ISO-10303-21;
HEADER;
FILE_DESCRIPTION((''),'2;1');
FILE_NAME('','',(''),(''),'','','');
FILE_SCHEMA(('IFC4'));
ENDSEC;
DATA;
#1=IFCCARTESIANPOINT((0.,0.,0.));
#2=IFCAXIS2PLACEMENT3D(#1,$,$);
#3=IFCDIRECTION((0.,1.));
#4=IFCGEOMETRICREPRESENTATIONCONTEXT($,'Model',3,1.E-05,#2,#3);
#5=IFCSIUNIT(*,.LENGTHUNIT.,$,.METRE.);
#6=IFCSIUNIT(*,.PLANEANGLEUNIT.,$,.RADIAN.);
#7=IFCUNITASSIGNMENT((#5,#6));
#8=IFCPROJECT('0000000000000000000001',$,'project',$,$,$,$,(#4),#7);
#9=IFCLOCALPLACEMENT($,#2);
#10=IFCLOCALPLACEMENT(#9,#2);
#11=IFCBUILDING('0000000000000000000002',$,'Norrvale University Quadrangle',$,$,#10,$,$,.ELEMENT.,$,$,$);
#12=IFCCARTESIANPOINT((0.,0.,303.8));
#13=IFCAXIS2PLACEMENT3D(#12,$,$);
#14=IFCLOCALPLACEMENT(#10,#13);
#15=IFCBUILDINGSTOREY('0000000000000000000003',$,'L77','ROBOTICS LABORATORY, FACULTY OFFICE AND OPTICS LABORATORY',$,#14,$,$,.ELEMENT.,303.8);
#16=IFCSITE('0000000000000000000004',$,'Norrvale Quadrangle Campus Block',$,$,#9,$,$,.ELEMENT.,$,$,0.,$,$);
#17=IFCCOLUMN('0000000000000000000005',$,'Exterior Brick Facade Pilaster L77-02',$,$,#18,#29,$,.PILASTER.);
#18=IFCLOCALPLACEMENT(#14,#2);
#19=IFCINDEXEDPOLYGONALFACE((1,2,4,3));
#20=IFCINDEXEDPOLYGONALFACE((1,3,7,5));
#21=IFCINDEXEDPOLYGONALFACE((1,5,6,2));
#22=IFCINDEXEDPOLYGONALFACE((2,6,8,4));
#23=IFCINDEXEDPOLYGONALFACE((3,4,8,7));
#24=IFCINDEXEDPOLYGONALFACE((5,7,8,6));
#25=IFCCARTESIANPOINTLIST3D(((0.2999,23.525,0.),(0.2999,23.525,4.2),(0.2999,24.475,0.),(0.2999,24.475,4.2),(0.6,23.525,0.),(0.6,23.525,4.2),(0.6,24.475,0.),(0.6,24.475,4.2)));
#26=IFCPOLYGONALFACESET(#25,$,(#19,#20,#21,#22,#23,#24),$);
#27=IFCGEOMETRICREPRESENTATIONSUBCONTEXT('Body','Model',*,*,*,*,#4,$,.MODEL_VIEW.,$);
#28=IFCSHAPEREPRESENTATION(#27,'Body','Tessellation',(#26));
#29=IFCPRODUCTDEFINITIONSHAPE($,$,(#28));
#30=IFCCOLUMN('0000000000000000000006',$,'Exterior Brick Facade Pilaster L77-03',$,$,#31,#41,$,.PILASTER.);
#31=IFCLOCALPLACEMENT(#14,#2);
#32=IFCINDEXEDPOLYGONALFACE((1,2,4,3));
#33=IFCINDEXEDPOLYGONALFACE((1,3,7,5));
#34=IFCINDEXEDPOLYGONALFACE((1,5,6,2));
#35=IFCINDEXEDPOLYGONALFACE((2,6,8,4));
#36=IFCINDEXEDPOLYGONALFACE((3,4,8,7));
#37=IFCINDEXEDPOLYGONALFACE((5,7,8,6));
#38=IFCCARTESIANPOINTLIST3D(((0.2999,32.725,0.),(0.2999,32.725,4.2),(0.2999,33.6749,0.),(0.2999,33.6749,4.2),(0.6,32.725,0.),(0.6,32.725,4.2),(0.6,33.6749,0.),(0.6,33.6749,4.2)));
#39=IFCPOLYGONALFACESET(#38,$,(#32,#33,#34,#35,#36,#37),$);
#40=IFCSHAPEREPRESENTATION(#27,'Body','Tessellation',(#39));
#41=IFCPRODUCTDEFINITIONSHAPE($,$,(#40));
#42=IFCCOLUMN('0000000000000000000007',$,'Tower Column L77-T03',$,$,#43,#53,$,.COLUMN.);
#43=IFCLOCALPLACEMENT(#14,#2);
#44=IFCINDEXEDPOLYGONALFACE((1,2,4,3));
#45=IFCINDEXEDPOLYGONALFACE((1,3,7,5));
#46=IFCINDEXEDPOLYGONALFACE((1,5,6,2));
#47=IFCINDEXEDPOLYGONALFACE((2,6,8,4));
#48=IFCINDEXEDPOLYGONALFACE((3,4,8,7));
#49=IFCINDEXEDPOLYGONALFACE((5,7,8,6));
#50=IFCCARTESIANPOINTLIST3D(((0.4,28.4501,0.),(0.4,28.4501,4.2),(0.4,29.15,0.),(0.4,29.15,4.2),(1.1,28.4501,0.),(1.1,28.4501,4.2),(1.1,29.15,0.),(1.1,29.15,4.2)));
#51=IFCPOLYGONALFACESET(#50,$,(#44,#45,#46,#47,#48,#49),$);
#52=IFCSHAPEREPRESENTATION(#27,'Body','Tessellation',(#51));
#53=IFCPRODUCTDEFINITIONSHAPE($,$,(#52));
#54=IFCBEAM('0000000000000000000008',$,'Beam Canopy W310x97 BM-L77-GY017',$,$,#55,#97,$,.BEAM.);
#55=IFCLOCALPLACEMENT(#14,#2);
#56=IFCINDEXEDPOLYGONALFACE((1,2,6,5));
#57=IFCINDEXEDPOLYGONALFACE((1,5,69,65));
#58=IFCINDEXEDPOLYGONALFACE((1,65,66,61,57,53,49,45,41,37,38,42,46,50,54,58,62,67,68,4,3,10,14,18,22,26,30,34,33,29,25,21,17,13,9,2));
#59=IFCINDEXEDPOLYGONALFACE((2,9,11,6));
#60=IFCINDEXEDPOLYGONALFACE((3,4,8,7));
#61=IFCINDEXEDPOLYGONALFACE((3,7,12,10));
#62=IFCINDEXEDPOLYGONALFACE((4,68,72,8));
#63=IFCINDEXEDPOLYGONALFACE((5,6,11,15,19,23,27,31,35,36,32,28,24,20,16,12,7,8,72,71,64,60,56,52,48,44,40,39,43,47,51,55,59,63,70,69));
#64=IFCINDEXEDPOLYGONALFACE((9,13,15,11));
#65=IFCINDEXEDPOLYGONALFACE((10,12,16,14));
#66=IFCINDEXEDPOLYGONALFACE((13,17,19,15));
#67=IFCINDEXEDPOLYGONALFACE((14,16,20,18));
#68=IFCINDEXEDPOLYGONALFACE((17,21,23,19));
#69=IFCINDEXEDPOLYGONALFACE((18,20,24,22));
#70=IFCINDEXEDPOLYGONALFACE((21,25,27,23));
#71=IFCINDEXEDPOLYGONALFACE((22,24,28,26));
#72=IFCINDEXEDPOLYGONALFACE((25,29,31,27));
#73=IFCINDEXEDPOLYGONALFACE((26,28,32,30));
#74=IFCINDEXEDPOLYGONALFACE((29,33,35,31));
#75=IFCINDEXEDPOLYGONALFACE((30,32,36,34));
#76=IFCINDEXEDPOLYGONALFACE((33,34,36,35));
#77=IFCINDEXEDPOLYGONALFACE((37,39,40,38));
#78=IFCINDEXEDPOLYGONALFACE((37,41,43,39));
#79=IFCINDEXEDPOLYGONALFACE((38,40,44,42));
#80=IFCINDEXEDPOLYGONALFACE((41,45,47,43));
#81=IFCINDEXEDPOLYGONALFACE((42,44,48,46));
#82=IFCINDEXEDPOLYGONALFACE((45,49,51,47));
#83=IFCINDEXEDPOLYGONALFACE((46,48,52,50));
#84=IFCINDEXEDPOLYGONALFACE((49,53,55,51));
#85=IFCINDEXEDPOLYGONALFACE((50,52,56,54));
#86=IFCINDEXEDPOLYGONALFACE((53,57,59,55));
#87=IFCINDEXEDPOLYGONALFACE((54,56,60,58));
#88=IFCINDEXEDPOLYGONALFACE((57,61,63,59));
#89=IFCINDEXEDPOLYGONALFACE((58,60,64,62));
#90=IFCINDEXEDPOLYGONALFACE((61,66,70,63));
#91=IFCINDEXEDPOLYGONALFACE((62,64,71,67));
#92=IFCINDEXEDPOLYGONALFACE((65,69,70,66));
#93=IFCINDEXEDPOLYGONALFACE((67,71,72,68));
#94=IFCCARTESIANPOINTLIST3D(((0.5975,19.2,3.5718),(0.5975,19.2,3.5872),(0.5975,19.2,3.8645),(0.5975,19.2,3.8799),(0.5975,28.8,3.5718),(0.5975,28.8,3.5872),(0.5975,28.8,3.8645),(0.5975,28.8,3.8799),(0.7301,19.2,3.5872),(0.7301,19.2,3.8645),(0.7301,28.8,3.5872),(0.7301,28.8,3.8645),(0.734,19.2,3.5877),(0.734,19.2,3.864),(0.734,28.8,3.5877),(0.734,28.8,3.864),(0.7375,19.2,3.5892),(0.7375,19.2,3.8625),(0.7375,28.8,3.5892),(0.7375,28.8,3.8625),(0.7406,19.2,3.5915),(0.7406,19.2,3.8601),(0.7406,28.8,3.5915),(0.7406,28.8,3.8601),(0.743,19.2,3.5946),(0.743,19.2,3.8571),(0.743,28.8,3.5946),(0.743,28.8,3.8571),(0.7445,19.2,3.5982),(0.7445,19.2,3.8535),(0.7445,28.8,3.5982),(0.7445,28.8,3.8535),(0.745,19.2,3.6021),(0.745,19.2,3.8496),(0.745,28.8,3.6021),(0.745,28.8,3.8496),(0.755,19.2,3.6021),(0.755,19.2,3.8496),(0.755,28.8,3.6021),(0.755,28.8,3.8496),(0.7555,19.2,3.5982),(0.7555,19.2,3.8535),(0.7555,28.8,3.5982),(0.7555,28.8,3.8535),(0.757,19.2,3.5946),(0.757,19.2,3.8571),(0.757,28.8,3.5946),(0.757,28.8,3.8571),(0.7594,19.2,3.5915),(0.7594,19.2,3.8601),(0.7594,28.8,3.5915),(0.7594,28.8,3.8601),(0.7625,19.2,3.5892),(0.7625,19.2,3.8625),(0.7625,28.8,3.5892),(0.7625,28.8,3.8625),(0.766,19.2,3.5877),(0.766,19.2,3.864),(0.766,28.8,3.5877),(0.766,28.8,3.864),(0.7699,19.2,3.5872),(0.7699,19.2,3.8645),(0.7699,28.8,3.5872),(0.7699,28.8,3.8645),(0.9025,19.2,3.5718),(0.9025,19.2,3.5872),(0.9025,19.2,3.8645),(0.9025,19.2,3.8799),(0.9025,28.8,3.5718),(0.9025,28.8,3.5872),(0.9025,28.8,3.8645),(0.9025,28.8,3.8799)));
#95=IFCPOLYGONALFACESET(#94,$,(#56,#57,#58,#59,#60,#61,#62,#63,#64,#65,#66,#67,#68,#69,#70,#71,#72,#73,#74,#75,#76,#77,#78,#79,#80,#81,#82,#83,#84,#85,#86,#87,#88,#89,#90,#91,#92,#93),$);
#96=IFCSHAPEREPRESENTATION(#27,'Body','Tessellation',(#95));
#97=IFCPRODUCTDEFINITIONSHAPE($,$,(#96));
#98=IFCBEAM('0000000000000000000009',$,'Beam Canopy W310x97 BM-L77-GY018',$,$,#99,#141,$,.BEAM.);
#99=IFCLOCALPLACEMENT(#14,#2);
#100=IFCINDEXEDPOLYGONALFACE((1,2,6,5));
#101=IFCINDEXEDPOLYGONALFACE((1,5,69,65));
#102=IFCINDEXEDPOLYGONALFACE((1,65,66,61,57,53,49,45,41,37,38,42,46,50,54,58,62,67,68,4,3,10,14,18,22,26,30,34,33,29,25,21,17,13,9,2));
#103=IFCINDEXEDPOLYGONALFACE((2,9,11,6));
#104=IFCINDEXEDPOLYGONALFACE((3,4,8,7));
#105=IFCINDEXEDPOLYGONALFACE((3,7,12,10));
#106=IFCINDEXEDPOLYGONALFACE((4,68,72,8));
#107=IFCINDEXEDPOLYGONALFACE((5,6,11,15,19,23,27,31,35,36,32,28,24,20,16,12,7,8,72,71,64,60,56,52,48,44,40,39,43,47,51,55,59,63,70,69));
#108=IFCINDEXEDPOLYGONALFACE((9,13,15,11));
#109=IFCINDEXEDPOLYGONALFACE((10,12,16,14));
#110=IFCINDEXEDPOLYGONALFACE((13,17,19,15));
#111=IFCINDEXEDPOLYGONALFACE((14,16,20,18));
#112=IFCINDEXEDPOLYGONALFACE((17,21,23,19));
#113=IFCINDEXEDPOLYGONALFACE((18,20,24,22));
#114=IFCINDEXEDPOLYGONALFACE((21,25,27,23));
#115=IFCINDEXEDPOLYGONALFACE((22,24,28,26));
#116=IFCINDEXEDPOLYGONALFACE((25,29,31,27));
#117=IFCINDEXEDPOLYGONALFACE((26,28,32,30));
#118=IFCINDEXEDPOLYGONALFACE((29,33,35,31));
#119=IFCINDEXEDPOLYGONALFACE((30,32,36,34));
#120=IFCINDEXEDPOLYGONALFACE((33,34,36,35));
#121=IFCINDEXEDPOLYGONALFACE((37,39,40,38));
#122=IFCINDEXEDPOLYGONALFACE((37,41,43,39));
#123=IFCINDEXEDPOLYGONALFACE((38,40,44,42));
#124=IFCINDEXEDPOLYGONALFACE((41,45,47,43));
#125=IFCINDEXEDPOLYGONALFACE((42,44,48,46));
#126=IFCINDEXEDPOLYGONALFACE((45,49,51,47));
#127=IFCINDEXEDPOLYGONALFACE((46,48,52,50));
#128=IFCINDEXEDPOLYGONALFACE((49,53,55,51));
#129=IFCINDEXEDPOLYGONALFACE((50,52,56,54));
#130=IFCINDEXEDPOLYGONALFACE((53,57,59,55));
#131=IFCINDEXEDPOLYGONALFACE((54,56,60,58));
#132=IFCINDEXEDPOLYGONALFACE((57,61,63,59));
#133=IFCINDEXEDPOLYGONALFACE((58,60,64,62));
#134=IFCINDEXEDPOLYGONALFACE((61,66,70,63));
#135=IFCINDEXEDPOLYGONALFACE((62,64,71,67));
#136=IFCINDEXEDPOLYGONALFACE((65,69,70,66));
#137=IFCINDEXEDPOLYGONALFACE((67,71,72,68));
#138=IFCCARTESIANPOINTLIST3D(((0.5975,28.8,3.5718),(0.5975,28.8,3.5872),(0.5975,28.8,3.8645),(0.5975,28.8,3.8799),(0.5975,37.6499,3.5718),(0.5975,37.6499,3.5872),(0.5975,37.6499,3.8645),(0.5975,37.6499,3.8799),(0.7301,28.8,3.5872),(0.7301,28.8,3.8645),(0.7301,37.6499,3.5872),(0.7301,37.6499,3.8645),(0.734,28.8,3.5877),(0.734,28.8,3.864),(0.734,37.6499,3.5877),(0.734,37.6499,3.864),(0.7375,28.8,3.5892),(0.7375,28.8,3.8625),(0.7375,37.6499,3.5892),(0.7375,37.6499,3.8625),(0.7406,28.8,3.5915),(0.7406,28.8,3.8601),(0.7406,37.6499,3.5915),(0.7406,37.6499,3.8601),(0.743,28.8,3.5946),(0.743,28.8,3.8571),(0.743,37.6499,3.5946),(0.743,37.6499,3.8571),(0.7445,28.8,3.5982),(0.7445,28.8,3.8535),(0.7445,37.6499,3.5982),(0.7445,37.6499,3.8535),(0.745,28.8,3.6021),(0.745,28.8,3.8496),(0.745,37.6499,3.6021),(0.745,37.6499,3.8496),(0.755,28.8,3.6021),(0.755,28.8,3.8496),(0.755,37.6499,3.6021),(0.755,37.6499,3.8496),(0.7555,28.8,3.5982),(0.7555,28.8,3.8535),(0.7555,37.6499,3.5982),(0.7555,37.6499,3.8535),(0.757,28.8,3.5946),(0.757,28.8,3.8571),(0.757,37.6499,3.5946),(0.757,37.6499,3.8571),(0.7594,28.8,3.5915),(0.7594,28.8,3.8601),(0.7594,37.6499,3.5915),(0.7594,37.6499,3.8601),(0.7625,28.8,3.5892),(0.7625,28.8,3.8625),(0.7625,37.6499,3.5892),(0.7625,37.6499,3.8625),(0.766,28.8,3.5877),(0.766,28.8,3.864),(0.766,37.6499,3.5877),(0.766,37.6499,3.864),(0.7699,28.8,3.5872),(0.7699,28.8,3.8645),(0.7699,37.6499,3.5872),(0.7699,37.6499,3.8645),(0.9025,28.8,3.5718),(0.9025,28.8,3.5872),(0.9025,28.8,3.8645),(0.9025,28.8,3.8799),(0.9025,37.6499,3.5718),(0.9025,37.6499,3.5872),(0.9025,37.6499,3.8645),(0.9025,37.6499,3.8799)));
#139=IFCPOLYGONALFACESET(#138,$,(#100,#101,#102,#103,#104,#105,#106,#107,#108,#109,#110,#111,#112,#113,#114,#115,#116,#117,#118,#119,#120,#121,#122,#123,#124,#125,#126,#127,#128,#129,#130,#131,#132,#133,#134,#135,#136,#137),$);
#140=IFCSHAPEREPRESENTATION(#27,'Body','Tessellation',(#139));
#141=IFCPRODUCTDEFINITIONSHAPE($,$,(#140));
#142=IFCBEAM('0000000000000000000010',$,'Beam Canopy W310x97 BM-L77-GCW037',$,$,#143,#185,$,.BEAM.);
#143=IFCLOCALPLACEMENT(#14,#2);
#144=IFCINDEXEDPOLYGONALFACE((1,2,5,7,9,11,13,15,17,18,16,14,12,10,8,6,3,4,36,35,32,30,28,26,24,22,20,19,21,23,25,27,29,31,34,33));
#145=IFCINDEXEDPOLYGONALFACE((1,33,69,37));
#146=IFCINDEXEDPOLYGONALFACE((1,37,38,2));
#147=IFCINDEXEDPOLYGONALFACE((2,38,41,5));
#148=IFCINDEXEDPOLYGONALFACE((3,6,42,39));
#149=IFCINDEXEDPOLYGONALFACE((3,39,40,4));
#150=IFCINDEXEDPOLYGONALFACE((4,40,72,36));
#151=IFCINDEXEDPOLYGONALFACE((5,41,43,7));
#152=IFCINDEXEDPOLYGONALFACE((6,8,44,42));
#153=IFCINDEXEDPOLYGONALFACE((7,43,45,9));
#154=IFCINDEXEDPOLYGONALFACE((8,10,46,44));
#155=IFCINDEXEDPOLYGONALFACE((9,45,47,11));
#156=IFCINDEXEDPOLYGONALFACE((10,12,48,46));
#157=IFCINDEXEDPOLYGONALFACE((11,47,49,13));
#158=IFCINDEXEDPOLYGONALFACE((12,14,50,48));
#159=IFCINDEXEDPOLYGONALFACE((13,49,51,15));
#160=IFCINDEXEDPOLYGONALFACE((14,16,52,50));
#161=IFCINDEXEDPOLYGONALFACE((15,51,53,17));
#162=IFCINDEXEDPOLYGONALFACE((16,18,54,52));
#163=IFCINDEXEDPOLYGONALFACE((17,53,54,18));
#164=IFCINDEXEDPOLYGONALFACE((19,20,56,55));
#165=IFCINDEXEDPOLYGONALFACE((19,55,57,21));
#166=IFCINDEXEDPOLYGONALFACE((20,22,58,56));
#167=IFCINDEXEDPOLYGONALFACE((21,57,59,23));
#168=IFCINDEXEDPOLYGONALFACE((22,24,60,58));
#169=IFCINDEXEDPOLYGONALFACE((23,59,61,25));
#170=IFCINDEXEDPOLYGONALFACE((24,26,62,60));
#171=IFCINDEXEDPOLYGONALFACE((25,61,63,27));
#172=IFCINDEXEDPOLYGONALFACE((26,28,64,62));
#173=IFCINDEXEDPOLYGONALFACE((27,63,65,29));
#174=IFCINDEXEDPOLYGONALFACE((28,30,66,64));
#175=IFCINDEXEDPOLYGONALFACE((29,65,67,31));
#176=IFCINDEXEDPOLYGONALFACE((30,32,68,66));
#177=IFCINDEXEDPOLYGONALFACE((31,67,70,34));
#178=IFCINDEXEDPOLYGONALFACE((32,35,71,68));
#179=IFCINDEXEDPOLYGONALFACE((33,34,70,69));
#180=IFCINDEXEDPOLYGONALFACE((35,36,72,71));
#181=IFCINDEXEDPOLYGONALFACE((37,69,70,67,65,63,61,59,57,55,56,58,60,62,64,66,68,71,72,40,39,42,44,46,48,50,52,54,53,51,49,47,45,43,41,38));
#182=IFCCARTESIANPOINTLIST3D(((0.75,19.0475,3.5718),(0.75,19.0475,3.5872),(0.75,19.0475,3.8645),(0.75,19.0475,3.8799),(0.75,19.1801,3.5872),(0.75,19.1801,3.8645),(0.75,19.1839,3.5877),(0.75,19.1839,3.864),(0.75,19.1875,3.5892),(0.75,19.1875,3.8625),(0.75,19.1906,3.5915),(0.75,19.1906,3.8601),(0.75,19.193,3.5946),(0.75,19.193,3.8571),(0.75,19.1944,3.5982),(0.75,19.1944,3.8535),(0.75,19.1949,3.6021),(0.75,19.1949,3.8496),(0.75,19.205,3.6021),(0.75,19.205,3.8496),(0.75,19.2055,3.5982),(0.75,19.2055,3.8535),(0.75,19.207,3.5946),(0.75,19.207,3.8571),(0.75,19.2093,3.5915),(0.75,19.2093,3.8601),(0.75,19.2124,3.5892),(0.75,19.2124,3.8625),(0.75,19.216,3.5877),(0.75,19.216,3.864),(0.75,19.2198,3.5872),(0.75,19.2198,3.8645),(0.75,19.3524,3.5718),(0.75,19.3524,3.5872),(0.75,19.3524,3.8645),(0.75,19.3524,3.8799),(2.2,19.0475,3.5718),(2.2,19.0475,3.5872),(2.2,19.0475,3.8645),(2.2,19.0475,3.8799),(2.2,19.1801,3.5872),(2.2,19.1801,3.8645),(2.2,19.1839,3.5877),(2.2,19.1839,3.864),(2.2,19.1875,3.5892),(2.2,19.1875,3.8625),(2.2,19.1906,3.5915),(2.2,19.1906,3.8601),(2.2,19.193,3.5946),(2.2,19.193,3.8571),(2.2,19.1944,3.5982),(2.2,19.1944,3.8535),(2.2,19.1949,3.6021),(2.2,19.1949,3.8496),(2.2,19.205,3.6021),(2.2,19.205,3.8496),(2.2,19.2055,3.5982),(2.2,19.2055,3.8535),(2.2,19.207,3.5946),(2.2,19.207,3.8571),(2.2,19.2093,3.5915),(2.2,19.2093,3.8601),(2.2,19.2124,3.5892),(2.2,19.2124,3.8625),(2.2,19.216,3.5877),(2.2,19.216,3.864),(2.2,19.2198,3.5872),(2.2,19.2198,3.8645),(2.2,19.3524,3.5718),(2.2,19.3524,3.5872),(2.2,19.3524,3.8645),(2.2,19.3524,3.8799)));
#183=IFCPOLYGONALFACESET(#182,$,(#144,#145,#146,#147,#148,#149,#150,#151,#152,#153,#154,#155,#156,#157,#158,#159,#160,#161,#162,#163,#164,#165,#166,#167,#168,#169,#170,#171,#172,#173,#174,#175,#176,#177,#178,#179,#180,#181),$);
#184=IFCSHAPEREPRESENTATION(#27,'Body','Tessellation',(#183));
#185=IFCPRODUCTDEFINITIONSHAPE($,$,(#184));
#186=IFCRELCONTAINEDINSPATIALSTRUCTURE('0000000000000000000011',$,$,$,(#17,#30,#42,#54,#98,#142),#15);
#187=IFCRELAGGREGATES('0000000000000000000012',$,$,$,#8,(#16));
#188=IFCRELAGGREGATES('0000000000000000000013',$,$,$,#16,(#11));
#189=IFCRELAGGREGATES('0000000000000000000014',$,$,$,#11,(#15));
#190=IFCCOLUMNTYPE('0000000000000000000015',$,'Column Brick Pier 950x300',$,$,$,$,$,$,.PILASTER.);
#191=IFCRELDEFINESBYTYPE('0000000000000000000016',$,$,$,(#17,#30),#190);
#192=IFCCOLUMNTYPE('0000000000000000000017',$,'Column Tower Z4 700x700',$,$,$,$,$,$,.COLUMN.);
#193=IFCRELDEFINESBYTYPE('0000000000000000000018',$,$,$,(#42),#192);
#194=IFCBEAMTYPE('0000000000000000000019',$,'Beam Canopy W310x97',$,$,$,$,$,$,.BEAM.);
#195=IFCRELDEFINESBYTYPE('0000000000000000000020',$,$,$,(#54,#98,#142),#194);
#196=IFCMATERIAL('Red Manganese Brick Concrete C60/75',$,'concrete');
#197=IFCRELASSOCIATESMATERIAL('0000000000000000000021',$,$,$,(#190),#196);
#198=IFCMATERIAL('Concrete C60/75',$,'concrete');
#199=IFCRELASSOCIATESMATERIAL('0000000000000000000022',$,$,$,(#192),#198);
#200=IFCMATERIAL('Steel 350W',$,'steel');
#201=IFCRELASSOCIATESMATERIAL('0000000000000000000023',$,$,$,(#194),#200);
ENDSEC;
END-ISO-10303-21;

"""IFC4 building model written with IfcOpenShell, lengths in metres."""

from ifc_helpers import new_model, si_unit, direction, frame, origin, origin_2d, place, context, subcontext, project, spatial, rectangle, i_section, extrude, material, material_profile, profile_set, type_object, element, save


model = new_model("IFC4")

# Units and contexts
model_context = context("Model", 3, precision=1e-05, world=origin(), true_north=direction((0.0, 1.0)))
body_context = subcontext(model_context, "Body", "Model", "MODEL_VIEW")
ifc_project = project(units=[si_unit("LENGTHUNIT", "METRE"), si_unit("PLANEANGLEUNIT", "RADIAN")], contexts=[model_context])

# Site, building, storey
site_placement = place(None, origin())
site = spatial("IfcSite", under=ifc_project, at=site_placement, Name="Norrvale Quadrangle Campus Block", CompositionType="ELEMENT", RefElevation=0.0)
building_placement = place(site_placement, origin())
building = spatial("IfcBuilding", under=site, at=building_placement, Name="Norrvale University Quadrangle", CompositionType="ELEMENT")
storey_placement = place(building_placement, frame((0.0, 0.0, 303.8)))
storey = spatial("IfcBuildingStorey", under=building, at=storey_placement, Name="L77", Description="ROBOTICS LABORATORY, FACULTY OFFICE AND OPTICS LABORATORY", CompositionType="ELEMENT", Elevation=303.8)

# Columns
ifc_material_1 = material(Name="Red Manganese Brick Concrete C60/75", Category="concrete")
ifc_material_profile_1 = material_profile(ifc_material_1, rectangle(XDim=0.95, YDim=0.3, at=origin_2d()), Name="Red Manganese Brick Concrete C60/75")
ifc_profile_set_1 = profile_set([ifc_material_profile_1], Name="Red Manganese Brick Concrete C60/75")
column_type_1 = type_object("IfcColumnType", Name="Column Brick Pier 950x300", PredefinedType="PILASTER", material=ifc_profile_set_1)
for number, where, z_axis, x_axis, name in (
    (1, (0.45, 24.0, 0.0), (0.0, 0.0, 1.0), (0.0, 1.0, 0.0), "Exterior Brick Facade Pilaster L77-02"),
    (2, (0.45, 33.2, 0.0), (0.0, 0.0, 1.0), (0.0, 1.0, 0.0), "Exterior Brick Facade Pilaster L77-03"),
):
    element("IfcColumn", number, at=place(storey_placement, frame(where, z_axis=z_axis, x_axis=x_axis)), inside=storey, type_object=column_type_1, Name=name, PredefinedType="PILASTER", context=body_context, shape_type="SweptSolid", body=[
        extrude(rectangle(XDim=0.95, YDim=0.3, at=origin_2d()), origin(), (0.0, 0.0, 1.0), 4.2),
    ])
ifc_material_2 = material(Name="Concrete C60/75", Category="concrete")
ifc_material_profile_2 = material_profile(ifc_material_2, rectangle(XDim=0.7, YDim=0.7, at=origin_2d()), Name="Concrete C60/75")
ifc_profile_set_2 = profile_set([ifc_material_profile_2], Name="Concrete C60/75")
column_type_2 = type_object("IfcColumnType", Name="Column Tower Z4 700x700", PredefinedType="COLUMN", material=ifc_profile_set_2)
column_placement = place(storey_placement, frame((0.75, 28.8, 0.0), z_axis=(0.0, 0.0, 1.0), x_axis=(1.0, 0.0, 0.0)))
element("IfcColumn", 3, at=column_placement, inside=storey, type_object=column_type_2, Name="Tower Column L77-T03", PredefinedType="COLUMN", context=body_context, shape_type="SweptSolid", body=[
    extrude(rectangle(XDim=0.7, YDim=0.7, at=origin_2d()), origin(), (0.0, 0.0, 1.0), 4.2),
])

# Beams
ifc_material_3 = material(Name="Steel 350W", Category="steel")
ifc_material_profile_3 = material_profile(ifc_material_3, i_section(OverallWidth=0.3049, OverallDepth=0.3081, WebThickness=0.01, FlangeThickness=0.0154, FilletRadius=0.0149, at=origin_2d()), Name="Steel 350W")
ifc_profile_set_3 = profile_set([ifc_material_profile_3], Name="Steel 350W")
beam_type = type_object("IfcBeamType", Name="Beam Canopy W310x97", PredefinedType="BEAM", material=ifc_profile_set_3)
beam_1_placement = place(storey_placement, frame((0.75, 19.2, 3.7258), z_axis=(0.0, 1.0, 0.0), x_axis=(-1.0, 0.0, 0.0)))
element("IfcBeam", 4, at=beam_1_placement, inside=storey, type_object=beam_type, Name="Beam Canopy W310x97 BM-L77-GY017", PredefinedType="BEAM", context=body_context, shape_type="SweptSolid", body=[
    extrude(i_section(OverallWidth=0.3049, OverallDepth=0.3081, WebThickness=0.01, FlangeThickness=0.0154, FilletRadius=0.0149, at=origin_2d()), origin(), (0.0, 0.0, 1.0), 9.6001),
])
beam_2_placement = place(storey_placement, frame((0.75, 28.8, 3.7258), z_axis=(0.0, 1.0, 0.0), x_axis=(-1.0, 0.0, 0.0)))
element("IfcBeam", 5, at=beam_2_placement, inside=storey, type_object=beam_type, Name="Beam Canopy W310x97 BM-L77-GY018", PredefinedType="BEAM", context=body_context, shape_type="SweptSolid", body=[
    extrude(i_section(OverallWidth=0.3049, OverallDepth=0.3081, WebThickness=0.01, FlangeThickness=0.0154, FilletRadius=0.0149, at=origin_2d()), origin(), (0.0, 0.0, 1.0), 8.8499),
])
for number, where, z_axis, x_axis, name in (
    (6, (0.75, 19.2, 3.7258), (1.0, 0.0, 0.0), (0.0, 1.0, 0.0), "Beam Canopy W310x97 BM-L77-GCW037"),
):
    element("IfcBeam", number, at=place(storey_placement, frame(where, z_axis=z_axis, x_axis=x_axis)), inside=storey, type_object=beam_type, Name=name, PredefinedType="BEAM", context=body_context, shape_type="SweptSolid", body=[
        extrude(i_section(OverallWidth=0.3049, OverallDepth=0.3081, WebThickness=0.01, FlangeThickness=0.0154, FilletRadius=0.0149, at=origin_2d()), origin(), (0.0, 0.0, 1.0), 1.45),
    ])

save(model, "model.ifc")
